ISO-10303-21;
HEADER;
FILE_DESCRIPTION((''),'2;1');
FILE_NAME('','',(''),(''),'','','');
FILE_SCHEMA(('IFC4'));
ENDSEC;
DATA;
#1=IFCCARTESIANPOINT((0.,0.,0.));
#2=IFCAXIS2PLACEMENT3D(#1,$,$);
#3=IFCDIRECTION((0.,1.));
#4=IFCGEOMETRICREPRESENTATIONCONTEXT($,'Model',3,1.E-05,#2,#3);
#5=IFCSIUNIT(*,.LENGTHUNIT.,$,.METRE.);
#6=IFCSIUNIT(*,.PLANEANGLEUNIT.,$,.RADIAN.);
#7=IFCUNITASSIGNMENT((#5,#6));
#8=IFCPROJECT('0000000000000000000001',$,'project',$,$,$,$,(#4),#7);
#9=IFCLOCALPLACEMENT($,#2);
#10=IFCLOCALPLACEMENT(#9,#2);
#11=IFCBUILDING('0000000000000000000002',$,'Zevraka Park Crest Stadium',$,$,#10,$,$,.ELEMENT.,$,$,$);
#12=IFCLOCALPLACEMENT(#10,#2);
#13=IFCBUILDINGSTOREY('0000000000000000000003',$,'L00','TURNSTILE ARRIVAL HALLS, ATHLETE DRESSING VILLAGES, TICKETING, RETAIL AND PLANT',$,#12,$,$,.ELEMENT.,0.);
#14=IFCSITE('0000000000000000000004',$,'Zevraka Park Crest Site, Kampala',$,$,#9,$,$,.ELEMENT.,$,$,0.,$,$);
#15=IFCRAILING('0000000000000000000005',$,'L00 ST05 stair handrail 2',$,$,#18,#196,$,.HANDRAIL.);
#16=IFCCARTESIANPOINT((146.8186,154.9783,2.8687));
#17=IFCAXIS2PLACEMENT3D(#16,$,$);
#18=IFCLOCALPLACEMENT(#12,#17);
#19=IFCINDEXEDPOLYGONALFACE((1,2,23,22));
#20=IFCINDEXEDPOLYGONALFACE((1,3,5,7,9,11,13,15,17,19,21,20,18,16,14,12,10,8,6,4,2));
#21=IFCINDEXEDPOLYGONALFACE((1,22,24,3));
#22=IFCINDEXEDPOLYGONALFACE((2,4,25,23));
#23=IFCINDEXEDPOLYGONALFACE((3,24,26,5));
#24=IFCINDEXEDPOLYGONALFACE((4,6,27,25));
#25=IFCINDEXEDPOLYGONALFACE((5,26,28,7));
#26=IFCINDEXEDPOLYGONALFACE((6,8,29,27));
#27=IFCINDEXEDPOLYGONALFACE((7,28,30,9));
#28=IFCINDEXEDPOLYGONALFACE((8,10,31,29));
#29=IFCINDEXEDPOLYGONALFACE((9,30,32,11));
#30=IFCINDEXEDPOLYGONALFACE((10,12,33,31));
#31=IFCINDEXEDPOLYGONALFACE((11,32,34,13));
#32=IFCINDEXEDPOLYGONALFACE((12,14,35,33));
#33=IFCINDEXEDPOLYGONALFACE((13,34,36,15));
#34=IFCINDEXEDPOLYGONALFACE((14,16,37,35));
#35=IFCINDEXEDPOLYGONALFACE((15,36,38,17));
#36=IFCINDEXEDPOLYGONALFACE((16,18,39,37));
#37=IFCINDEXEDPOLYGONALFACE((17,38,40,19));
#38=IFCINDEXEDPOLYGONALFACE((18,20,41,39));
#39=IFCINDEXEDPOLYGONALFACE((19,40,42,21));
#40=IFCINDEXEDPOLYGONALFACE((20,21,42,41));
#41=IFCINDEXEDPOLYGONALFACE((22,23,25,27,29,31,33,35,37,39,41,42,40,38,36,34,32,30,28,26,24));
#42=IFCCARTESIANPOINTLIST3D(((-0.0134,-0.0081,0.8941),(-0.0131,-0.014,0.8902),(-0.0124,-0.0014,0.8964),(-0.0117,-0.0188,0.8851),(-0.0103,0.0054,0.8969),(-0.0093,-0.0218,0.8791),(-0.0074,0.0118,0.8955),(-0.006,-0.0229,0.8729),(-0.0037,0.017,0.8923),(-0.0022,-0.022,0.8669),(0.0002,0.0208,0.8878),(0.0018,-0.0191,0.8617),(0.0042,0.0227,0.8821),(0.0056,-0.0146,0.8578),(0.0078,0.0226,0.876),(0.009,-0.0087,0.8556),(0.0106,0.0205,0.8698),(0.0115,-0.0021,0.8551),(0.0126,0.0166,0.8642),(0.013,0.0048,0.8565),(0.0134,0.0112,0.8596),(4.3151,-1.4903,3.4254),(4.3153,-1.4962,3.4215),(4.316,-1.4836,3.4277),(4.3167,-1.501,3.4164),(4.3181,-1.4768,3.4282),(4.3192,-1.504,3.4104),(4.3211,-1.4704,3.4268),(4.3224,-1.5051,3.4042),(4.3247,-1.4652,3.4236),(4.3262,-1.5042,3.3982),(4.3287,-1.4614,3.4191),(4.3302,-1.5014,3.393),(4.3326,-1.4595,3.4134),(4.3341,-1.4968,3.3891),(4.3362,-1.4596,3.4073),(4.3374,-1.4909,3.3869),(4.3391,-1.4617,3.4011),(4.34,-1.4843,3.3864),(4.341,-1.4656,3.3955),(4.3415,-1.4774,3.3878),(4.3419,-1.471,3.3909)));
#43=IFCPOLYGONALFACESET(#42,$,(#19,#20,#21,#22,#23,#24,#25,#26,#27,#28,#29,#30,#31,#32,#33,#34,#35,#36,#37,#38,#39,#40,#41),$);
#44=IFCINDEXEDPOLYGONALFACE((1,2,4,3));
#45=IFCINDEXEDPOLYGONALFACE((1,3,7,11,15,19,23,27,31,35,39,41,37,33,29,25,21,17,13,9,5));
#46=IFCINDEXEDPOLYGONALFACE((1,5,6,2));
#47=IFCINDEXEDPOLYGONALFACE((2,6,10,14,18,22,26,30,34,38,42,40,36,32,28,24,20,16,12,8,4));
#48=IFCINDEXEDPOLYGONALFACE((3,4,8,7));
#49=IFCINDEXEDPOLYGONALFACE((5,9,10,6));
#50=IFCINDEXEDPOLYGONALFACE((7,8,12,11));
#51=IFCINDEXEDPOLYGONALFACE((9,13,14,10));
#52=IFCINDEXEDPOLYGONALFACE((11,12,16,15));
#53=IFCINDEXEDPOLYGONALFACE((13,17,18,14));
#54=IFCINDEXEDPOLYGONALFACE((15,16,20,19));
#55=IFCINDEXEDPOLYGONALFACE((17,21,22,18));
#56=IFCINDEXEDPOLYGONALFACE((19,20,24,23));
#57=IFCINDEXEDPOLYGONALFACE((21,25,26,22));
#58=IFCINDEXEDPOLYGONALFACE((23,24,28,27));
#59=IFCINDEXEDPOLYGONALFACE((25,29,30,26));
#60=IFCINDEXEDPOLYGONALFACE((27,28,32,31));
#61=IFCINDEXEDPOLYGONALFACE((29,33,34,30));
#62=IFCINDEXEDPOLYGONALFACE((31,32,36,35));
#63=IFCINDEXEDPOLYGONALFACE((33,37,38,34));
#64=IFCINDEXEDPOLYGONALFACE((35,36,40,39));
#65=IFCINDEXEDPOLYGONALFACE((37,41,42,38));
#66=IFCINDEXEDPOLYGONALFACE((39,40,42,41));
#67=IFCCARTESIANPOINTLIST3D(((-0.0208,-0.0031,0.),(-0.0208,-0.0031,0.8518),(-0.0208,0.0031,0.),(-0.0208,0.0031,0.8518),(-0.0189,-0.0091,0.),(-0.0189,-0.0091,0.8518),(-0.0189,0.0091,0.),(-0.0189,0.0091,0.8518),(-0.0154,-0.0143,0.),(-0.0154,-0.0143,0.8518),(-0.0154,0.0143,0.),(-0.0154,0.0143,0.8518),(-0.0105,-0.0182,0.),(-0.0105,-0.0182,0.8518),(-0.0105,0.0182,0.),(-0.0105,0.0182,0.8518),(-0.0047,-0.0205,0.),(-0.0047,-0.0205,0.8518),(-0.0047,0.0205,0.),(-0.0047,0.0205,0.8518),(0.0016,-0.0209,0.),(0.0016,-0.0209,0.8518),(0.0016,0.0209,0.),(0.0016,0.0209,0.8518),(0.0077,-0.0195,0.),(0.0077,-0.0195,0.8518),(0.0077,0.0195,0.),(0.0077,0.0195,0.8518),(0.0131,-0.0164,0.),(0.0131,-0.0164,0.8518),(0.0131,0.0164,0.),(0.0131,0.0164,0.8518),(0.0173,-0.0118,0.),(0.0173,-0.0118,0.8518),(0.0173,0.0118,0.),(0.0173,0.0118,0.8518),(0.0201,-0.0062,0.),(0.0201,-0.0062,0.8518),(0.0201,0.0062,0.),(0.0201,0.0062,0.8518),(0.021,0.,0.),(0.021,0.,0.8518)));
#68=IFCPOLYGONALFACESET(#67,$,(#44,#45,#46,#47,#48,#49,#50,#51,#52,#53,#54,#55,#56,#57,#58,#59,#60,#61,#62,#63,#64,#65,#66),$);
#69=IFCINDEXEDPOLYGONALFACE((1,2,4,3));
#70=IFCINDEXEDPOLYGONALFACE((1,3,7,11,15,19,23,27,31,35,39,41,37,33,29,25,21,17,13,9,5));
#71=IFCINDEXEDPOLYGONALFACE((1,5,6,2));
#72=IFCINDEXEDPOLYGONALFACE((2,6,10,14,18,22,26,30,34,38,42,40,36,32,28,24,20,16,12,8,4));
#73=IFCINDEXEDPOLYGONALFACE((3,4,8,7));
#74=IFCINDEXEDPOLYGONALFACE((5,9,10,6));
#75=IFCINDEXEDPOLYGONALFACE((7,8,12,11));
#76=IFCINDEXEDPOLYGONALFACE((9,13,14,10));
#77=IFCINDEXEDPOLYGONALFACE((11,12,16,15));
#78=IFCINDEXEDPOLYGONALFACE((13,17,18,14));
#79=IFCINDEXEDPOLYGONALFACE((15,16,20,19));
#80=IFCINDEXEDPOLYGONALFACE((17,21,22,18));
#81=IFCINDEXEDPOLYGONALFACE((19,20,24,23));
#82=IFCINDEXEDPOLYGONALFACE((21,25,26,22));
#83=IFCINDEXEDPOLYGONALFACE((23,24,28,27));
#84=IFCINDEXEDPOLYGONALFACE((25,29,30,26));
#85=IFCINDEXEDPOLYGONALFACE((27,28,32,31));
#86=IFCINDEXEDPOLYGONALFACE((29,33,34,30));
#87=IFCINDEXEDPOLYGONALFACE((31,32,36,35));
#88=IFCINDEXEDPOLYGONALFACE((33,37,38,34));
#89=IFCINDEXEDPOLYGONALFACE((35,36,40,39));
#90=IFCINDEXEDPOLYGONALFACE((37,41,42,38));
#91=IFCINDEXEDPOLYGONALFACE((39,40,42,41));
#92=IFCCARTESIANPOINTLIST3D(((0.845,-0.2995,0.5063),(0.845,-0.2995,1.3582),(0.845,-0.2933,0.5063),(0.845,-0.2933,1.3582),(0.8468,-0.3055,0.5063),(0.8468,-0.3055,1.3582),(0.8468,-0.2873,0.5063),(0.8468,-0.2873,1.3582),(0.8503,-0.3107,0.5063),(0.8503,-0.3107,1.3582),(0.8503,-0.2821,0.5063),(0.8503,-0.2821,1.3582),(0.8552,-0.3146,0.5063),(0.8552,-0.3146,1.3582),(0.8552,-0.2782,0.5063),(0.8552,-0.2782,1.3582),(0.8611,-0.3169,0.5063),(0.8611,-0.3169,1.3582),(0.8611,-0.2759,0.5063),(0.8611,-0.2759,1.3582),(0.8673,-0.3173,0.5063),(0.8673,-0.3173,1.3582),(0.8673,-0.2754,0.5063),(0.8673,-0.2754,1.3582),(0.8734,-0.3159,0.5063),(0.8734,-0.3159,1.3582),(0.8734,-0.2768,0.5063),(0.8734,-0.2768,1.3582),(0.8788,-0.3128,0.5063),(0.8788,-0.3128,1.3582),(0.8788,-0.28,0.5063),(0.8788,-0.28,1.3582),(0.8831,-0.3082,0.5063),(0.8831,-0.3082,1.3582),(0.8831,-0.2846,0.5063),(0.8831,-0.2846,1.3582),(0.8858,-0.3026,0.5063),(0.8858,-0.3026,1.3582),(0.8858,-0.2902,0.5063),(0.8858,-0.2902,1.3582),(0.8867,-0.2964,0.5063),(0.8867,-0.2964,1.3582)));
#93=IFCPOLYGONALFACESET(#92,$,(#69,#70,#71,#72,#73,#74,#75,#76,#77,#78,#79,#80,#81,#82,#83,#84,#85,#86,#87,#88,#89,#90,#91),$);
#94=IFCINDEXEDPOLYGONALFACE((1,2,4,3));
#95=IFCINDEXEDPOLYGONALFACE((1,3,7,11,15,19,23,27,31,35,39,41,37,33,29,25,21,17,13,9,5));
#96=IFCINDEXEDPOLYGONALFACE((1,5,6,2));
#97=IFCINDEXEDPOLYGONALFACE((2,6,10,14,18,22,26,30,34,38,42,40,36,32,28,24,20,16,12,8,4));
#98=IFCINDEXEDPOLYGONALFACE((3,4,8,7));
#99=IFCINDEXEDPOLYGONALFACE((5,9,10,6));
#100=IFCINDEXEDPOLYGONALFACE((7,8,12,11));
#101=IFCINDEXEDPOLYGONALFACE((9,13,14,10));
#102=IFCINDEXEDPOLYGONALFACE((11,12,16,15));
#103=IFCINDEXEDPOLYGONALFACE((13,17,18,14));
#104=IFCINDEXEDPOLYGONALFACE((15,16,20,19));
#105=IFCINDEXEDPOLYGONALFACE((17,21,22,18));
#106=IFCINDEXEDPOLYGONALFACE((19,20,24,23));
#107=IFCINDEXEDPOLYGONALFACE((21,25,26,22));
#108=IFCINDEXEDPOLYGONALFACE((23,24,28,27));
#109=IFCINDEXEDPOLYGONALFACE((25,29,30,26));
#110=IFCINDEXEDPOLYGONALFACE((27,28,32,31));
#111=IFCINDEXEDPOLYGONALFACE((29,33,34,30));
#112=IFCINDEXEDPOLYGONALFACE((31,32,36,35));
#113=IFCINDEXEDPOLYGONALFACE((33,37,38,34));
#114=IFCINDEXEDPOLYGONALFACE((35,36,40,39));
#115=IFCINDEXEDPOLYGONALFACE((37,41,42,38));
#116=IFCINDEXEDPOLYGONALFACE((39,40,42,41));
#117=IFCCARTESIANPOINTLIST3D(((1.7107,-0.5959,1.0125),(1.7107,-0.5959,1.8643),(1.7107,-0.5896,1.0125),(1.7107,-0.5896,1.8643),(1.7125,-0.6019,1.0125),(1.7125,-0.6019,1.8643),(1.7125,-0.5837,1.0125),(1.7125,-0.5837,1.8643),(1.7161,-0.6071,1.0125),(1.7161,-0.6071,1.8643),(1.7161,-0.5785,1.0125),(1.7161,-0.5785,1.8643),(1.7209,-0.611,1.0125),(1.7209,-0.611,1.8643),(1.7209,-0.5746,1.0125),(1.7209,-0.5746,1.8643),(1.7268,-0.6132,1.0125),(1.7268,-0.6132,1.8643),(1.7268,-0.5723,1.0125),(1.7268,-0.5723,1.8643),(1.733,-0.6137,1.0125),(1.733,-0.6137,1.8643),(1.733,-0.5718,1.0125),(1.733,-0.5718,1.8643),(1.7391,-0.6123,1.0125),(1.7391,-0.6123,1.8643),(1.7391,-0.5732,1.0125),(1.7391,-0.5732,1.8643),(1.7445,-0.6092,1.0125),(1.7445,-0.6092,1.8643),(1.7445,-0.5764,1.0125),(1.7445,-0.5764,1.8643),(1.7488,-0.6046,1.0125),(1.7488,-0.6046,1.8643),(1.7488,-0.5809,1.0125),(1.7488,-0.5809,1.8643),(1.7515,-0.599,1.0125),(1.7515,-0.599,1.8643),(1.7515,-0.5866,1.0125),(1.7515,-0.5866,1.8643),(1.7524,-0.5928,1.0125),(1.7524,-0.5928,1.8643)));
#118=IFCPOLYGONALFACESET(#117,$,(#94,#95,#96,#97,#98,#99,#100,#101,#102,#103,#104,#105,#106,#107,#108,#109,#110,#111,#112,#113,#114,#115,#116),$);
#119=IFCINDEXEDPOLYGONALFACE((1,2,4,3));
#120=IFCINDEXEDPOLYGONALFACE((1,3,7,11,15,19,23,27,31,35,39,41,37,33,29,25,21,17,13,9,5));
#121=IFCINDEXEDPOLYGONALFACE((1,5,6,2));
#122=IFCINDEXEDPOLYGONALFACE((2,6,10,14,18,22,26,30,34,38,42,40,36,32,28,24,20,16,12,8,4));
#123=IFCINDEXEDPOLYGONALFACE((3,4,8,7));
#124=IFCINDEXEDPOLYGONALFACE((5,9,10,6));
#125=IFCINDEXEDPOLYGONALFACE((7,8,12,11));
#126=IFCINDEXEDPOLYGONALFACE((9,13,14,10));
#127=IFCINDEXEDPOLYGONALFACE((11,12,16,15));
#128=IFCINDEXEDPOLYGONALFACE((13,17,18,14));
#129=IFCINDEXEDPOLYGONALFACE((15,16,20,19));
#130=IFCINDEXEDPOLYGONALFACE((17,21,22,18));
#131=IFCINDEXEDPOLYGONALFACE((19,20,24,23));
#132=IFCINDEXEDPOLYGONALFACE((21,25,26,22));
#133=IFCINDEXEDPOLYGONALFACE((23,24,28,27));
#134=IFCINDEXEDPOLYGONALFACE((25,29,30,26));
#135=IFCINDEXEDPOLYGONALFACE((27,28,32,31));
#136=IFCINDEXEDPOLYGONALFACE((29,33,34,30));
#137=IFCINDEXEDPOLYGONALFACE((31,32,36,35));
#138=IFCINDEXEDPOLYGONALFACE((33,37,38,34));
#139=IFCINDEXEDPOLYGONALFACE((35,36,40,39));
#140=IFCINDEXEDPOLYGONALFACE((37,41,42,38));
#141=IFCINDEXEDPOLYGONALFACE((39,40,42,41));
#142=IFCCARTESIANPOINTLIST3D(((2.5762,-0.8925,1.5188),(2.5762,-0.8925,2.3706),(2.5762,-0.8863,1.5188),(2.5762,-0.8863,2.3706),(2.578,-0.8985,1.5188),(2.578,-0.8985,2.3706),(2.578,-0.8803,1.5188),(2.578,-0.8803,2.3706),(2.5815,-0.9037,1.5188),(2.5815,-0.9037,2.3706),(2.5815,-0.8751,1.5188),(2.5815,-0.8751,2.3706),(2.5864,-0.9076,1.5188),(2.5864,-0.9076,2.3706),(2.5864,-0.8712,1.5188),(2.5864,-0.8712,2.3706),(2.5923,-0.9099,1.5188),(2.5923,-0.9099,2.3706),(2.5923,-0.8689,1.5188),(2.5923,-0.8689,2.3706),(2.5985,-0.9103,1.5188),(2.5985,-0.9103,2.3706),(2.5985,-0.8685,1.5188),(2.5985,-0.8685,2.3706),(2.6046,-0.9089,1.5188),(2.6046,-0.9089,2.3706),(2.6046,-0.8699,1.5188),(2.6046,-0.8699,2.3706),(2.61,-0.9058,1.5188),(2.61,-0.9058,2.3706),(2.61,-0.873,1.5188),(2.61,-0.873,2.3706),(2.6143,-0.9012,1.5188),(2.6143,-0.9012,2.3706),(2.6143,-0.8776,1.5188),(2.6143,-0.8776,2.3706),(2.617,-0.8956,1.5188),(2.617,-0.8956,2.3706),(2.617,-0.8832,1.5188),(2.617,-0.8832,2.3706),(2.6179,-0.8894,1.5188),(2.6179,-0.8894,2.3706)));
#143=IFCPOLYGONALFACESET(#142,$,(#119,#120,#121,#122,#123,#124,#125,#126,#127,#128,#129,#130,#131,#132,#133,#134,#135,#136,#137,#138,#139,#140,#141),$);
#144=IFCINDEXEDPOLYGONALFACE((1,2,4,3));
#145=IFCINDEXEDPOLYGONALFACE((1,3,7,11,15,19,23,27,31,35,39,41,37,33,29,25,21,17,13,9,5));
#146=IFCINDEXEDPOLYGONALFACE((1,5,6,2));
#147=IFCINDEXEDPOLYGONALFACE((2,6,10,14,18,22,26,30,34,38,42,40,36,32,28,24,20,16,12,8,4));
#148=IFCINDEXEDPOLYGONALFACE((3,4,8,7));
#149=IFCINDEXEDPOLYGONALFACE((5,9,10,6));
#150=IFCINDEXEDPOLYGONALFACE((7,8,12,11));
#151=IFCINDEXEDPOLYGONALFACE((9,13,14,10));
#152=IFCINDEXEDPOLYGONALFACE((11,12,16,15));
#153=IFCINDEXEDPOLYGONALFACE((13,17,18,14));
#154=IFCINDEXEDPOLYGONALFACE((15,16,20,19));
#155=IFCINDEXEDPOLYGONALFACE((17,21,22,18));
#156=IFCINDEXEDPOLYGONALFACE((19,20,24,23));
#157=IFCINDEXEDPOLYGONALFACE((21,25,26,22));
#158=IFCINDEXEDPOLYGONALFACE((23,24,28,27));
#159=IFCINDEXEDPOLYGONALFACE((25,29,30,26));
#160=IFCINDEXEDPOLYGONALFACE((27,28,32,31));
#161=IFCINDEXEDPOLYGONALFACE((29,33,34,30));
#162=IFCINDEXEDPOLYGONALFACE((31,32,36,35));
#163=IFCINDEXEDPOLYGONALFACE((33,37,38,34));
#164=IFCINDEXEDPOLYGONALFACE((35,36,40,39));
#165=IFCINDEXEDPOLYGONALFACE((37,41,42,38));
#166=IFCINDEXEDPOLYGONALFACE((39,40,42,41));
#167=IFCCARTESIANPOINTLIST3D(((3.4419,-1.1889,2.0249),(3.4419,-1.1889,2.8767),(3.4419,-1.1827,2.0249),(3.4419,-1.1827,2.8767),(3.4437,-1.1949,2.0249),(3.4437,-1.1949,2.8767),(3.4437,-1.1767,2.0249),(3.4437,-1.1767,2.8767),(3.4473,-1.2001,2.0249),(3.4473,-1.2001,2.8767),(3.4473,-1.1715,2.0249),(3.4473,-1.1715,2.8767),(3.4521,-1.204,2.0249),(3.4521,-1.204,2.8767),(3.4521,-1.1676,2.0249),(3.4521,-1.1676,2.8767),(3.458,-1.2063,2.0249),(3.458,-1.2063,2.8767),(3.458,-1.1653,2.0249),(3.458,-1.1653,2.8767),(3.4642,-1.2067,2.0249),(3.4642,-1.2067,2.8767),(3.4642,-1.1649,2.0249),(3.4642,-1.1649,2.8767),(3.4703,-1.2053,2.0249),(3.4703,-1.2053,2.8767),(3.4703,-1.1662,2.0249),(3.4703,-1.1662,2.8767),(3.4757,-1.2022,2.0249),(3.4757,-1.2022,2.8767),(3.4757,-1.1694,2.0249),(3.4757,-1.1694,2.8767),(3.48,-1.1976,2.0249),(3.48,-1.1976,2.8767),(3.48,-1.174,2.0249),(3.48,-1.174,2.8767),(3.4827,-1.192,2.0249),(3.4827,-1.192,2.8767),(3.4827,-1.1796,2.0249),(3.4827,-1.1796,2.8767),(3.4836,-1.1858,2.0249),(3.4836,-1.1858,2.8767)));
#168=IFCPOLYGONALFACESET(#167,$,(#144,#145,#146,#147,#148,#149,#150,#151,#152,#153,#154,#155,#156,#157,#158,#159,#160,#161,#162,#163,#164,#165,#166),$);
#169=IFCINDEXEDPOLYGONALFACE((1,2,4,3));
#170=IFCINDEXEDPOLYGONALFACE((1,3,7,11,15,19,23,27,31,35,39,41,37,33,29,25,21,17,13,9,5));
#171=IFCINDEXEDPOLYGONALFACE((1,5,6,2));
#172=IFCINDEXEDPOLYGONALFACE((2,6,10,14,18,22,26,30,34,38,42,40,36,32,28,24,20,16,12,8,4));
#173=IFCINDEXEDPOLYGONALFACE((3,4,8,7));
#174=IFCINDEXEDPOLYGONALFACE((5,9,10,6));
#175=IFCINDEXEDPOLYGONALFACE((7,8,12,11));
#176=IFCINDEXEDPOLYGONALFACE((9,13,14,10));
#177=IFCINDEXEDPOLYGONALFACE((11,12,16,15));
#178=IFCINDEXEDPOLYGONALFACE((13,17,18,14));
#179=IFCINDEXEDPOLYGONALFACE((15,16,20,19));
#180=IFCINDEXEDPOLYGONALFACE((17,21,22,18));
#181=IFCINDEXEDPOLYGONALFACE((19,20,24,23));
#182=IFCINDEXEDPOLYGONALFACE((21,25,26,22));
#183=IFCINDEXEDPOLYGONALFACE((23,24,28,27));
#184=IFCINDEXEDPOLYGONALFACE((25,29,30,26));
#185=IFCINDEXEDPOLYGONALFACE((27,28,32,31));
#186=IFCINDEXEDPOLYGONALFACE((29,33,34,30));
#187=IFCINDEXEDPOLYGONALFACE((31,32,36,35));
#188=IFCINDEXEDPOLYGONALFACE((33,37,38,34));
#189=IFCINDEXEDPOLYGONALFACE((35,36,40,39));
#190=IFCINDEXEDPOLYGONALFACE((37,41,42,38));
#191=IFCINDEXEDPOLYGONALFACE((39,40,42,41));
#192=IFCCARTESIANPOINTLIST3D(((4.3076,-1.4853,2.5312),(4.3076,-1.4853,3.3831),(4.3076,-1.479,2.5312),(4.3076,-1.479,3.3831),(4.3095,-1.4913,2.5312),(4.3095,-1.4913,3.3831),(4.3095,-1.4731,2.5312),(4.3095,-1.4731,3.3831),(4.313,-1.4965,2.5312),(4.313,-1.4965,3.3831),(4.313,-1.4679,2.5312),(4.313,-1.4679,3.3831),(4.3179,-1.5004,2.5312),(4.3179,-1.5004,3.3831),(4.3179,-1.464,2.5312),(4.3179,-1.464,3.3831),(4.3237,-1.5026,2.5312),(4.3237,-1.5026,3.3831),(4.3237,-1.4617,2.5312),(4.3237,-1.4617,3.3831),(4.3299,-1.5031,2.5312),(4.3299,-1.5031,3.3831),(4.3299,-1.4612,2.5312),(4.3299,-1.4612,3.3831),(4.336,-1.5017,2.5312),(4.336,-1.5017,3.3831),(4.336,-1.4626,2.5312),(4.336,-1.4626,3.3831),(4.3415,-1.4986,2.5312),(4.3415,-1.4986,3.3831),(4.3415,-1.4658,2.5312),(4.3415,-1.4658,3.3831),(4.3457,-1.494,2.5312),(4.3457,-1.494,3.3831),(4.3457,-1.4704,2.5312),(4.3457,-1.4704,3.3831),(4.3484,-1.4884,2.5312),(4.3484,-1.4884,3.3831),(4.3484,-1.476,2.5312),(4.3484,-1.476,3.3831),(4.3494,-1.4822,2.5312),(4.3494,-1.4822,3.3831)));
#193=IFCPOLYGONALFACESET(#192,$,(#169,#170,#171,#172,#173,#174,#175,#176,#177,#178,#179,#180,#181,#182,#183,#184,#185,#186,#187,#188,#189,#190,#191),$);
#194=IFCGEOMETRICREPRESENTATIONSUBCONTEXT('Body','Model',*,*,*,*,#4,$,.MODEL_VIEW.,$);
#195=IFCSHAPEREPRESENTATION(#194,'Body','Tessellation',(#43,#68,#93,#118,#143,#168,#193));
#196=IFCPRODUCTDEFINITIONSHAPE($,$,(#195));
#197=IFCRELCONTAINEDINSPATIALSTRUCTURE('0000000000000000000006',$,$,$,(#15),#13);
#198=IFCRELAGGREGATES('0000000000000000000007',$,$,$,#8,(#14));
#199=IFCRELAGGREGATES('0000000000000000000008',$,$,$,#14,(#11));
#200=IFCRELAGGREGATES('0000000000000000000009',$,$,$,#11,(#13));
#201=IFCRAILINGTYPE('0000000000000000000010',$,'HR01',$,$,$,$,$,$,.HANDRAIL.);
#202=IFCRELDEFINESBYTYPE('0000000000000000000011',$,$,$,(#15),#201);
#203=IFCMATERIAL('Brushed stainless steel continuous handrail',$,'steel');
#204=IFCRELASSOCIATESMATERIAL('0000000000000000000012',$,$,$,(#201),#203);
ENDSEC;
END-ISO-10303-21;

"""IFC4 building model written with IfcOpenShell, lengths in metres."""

from ifc_helpers import new_model, si_unit, direction, frame, origin, origin_2d, place, context, subcontext, project, spatial, circle, extrude, material, type_object, element, save


model = new_model("IFC4")

# Units and contexts
model_context = context("Model", 3, precision=1e-05, world=origin(), true_north=direction((0.0, 1.0)))
body_context = subcontext(model_context, "Body", "Model", "MODEL_VIEW")
ifc_project = project(units=[si_unit("LENGTHUNIT", "METRE"), si_unit("PLANEANGLEUNIT", "RADIAN")], contexts=[model_context])

# Site, building, storey
site_placement = place(None, origin())
site = spatial("IfcSite", under=ifc_project, at=site_placement, Name="Zevraka Park Crest Site, Kampala", CompositionType="ELEMENT", RefElevation=0.0)
building_placement = place(site_placement, origin())
building = spatial("IfcBuilding", under=site, at=building_placement, Name="Zevraka Park Crest Stadium", CompositionType="ELEMENT")
storey_placement = place(building_placement, origin())
storey = spatial("IfcBuildingStorey", under=building, at=storey_placement, Name="L00", Description="TURNSTILE ARRIVAL HALLS, ATHLETE DRESSING VILLAGES, TICKETING, RETAIL AND PLANT", CompositionType="ELEMENT", Elevation=0.0)

# Railing
ifc_material_1 = material(Name="Brushed stainless steel continuous handrail", Category="steel")
railing_type_1 = type_object("IfcRailingType", Name="HR01", PredefinedType="HANDRAIL", material=ifc_material_1)
for number, where, name in (
    (1, (146.8186, 154.9783, 2.8687), "L00 ST05 stair handrail 2"),
):
    element("IfcRailing", number, at=place(storey_placement, frame(where)), inside=storey, type_object=railing_type_1, Name=name, PredefinedType="HANDRAIL", context=body_context, shape_type="SweptSolid", body=[
        extrude(circle(Radius=0.0239, at=origin_2d()), frame((0.0, 0.0, 0.876), z_axis=(0.827817, -0.283472, 0.484111), x_axis=(0.323965, 0.946069, 0.0)), (0.0, 0.0, 1.0), 5.2288),
        extrude(circle(Radius=0.021, at=origin_2d()), origin(), (0.0, 0.0, 1.0), 0.8518),
        extrude(circle(Radius=0.021, at=origin_2d()), frame((0.8657, -0.2964, 0.5063)), (0.0, 0.0, 1.0), 0.8518),
        extrude(circle(Radius=0.021, at=origin_2d()), frame((1.7314, -0.5928, 1.0125)), (0.0, 0.0, 1.0), 0.8518),
        extrude(circle(Radius=0.021, at=origin_2d()), frame((2.5969, -0.8894, 1.5188)), (0.0, 0.0, 1.0), 0.8518),
        extrude(circle(Radius=0.021, at=origin_2d()), frame((3.4626, -1.1858, 2.0249)), (0.0, 0.0, 1.0), 0.8518),
        extrude(circle(Radius=0.021, at=origin_2d()), frame((4.3284, -1.4822, 2.5312)), (0.0, 0.0, 1.0), 0.8518),
    ])

save(model, "model.ifc")
